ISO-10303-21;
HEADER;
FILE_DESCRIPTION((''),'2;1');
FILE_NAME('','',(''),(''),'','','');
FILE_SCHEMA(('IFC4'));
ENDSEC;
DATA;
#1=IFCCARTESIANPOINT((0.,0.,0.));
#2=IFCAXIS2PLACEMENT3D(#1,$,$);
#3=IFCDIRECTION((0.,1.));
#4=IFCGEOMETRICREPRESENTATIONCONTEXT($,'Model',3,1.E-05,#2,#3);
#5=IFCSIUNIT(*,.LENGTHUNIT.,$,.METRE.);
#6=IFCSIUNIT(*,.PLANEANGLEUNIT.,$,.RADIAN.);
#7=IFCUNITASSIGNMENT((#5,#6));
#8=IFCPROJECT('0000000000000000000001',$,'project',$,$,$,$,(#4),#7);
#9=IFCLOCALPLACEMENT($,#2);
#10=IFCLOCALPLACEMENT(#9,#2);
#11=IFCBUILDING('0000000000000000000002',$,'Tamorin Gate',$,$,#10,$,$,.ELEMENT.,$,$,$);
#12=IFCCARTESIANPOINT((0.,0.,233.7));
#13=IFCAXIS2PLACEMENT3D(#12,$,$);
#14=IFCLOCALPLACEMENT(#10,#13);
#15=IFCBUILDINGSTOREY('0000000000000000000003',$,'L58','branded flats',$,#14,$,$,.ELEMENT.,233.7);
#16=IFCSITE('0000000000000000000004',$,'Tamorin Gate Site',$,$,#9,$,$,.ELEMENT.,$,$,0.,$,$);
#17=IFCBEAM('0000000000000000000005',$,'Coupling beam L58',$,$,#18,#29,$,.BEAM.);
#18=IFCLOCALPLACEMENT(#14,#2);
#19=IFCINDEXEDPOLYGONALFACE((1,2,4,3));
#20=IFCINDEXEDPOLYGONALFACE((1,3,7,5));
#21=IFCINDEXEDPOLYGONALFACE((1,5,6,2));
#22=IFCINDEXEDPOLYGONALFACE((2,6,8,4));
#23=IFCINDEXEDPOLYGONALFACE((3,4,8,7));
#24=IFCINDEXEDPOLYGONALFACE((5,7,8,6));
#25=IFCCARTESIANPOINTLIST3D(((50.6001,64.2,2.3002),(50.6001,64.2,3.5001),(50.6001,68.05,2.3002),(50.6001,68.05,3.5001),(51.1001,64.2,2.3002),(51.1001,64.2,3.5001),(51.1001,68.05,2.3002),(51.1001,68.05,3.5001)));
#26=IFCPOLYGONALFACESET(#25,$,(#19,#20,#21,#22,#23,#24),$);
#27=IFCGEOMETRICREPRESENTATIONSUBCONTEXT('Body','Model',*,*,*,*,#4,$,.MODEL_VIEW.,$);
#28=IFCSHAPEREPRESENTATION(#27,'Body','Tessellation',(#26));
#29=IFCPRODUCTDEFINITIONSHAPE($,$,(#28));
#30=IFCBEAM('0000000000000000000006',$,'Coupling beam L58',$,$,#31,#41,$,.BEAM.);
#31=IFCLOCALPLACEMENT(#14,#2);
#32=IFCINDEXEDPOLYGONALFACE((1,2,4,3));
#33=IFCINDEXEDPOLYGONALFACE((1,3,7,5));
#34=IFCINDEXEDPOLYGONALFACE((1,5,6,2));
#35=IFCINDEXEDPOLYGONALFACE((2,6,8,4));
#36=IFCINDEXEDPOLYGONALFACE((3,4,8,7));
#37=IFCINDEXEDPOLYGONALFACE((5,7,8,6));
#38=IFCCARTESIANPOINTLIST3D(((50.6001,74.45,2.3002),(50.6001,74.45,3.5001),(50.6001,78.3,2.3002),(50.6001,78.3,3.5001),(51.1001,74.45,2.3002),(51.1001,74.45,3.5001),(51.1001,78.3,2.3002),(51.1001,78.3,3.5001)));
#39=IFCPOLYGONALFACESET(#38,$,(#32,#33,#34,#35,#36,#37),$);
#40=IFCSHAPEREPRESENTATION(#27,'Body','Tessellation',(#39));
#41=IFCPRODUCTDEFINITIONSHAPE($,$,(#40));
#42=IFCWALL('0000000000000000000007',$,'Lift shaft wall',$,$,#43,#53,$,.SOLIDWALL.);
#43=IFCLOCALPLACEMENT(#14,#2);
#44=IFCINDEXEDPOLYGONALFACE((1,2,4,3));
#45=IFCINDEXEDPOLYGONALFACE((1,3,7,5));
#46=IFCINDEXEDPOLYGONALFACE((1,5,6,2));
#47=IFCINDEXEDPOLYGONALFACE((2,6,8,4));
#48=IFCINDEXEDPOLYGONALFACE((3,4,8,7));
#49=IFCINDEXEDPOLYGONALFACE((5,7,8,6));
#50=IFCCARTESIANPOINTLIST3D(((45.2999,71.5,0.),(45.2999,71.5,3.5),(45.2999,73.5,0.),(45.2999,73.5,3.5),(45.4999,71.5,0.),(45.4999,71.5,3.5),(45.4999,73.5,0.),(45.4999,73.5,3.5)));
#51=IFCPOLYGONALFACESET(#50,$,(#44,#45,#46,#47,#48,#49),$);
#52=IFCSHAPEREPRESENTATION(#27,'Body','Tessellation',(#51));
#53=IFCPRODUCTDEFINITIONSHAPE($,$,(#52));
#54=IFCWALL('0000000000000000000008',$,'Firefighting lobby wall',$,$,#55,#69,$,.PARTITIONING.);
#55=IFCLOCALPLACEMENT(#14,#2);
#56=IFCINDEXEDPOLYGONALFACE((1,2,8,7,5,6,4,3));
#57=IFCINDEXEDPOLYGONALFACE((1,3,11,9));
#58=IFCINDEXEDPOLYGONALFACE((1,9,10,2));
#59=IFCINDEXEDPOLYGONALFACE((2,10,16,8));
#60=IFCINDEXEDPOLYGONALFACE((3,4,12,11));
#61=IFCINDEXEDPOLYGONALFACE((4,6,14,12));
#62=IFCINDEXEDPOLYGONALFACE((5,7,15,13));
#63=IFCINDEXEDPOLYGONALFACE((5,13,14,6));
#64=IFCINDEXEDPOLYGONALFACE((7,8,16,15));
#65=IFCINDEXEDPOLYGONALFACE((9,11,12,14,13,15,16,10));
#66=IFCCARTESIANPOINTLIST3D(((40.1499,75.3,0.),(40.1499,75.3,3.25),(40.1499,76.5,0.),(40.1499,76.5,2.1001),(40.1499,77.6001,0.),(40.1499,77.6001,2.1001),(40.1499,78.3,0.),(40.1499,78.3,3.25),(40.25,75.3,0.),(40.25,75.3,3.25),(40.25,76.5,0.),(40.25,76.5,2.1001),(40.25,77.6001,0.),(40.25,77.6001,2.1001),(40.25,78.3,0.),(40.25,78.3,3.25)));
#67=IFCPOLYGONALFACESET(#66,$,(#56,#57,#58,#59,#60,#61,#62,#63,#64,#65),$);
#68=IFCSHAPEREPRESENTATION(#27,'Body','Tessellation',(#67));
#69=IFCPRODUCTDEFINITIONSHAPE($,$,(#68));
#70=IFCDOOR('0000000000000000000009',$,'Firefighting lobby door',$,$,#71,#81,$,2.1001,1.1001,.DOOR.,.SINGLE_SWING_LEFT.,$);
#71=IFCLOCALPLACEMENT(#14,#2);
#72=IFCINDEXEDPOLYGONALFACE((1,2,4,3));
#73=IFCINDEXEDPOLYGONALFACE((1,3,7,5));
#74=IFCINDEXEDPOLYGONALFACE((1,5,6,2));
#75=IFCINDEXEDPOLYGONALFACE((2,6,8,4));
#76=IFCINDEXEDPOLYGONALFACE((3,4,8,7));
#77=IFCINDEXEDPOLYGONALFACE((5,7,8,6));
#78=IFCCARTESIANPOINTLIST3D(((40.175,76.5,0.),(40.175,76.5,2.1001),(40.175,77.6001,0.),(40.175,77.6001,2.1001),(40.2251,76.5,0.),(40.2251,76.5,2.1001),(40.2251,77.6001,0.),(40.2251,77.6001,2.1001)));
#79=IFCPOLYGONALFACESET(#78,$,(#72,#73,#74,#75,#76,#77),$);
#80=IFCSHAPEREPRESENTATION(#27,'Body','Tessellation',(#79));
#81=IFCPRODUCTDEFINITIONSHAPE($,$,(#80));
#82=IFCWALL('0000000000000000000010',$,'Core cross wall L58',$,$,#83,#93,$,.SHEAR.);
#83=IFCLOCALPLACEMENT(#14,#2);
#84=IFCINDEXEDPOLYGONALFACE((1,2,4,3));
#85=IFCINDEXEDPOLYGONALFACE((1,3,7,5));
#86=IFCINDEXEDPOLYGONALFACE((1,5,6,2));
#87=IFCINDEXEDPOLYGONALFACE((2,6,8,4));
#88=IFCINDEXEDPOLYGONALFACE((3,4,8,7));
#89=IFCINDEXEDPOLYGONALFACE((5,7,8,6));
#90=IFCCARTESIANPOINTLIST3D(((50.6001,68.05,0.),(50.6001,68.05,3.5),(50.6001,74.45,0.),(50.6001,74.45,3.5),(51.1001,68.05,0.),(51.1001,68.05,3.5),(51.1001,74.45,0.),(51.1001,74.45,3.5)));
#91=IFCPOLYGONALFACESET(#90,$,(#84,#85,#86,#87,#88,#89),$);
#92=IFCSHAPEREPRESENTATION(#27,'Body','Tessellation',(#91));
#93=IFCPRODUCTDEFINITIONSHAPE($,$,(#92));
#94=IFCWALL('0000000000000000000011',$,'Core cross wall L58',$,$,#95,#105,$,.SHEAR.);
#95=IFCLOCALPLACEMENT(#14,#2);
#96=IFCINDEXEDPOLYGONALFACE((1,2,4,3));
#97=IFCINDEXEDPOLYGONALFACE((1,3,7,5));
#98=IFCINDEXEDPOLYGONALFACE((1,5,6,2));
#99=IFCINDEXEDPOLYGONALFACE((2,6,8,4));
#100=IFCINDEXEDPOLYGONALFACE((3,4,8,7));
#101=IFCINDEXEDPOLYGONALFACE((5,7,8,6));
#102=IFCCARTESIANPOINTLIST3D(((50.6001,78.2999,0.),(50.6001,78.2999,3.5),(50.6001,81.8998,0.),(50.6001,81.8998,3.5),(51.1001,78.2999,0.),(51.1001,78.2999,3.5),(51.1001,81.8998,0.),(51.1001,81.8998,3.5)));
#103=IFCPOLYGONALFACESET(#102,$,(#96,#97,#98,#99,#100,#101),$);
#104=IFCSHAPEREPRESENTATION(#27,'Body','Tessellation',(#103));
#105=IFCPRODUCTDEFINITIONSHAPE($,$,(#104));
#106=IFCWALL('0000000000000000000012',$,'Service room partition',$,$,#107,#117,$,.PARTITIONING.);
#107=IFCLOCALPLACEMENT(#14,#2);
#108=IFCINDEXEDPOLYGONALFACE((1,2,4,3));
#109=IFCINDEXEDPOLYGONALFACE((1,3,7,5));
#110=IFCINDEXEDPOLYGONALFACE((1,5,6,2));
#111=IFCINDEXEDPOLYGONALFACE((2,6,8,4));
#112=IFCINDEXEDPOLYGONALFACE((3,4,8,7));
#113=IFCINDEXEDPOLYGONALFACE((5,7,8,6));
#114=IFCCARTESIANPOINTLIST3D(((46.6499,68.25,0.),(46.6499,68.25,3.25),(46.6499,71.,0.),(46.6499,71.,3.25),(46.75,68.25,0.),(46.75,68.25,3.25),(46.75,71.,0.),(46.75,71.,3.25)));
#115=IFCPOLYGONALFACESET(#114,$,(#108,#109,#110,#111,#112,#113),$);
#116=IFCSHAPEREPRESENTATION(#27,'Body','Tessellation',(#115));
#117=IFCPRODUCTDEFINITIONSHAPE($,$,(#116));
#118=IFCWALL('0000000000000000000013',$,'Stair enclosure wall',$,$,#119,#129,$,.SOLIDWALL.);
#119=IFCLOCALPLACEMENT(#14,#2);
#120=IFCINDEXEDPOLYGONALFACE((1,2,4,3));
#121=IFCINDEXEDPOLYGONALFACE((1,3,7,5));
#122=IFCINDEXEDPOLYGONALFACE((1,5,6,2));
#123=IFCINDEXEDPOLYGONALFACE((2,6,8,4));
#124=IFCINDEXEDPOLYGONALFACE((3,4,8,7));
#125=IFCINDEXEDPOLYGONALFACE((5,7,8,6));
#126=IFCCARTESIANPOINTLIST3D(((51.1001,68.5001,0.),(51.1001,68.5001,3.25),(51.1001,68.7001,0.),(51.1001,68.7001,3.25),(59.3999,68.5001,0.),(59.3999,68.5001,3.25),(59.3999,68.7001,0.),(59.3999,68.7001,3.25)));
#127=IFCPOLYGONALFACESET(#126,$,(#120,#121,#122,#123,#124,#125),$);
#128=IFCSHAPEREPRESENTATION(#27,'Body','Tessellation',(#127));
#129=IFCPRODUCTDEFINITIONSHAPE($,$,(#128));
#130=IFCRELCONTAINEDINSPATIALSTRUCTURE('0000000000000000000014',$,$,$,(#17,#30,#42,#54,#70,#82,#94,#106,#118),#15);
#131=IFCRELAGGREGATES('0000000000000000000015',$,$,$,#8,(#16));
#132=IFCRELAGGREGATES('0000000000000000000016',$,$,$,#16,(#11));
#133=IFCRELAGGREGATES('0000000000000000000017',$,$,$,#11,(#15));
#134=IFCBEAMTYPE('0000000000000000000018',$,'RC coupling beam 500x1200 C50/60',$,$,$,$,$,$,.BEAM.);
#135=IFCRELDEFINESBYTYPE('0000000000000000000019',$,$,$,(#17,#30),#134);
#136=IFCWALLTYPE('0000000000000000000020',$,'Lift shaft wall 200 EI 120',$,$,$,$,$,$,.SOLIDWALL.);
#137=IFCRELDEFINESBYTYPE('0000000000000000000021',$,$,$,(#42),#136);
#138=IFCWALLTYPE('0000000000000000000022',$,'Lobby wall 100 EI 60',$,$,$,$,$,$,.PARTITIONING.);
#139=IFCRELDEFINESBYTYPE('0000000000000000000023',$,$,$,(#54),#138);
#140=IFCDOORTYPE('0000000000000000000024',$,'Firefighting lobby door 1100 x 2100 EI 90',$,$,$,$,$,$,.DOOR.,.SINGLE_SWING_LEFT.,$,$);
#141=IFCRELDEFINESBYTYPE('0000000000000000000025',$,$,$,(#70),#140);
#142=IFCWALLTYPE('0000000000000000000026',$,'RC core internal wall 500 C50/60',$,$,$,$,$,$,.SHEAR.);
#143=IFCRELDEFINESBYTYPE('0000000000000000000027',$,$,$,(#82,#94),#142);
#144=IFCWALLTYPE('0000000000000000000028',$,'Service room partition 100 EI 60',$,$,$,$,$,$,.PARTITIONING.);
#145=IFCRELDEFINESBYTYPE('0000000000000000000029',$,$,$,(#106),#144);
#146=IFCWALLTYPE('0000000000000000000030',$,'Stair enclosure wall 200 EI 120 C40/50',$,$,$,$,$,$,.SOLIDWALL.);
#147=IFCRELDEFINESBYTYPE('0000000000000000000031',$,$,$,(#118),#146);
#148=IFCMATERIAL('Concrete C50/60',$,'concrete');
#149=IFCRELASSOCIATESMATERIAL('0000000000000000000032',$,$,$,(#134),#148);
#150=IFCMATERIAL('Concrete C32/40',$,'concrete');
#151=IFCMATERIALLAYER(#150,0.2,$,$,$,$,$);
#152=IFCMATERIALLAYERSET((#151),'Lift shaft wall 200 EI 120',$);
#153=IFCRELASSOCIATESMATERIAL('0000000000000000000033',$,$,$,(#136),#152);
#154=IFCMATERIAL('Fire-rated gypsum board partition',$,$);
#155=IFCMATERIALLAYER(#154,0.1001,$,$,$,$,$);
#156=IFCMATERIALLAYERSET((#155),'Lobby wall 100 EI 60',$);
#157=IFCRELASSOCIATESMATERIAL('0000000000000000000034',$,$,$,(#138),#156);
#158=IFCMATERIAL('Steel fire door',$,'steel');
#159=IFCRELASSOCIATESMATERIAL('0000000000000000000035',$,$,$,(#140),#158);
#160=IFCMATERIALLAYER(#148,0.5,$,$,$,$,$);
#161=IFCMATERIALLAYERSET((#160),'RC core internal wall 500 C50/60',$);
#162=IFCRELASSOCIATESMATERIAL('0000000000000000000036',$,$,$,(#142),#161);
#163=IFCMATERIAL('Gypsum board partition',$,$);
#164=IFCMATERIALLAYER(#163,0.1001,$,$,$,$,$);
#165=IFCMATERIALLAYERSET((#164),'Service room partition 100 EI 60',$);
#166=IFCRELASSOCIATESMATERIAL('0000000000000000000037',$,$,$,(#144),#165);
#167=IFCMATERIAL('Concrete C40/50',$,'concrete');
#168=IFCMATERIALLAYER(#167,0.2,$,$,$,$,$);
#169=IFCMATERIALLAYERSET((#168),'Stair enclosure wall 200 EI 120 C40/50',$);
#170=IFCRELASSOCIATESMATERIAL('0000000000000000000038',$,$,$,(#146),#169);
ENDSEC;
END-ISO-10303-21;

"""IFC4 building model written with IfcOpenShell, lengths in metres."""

from ifc_helpers import new_model, si_unit, direction, frame, frame_2d, origin, origin_2d, place, context, subcontext, project, spatial, rectangle, extrude, material, layer, layer_set, material_profile, profile_set, type_object, element, fill, save


model = new_model("IFC4")

# Units and contexts
model_context = context("Model", 3, precision=1e-05, world=origin(), true_north=direction((0.0, 1.0)))
body_context = subcontext(model_context, "Body", "Model", "MODEL_VIEW")
ifc_project = project(units=[si_unit("LENGTHUNIT", "METRE"), si_unit("PLANEANGLEUNIT", "RADIAN")], contexts=[model_context])

# Site, building, storey
site_placement = place(None, origin())
site = spatial("IfcSite", under=ifc_project, at=site_placement, Name="Tamorin Gate Site", CompositionType="ELEMENT", RefElevation=0.0)
building_placement = place(site_placement, origin())
building = spatial("IfcBuilding", under=site, at=building_placement, Name="Tamorin Gate", CompositionType="ELEMENT")
storey_placement = place(building_placement, frame((0.0, 0.0, 233.7)))
storey = spatial("IfcBuildingStorey", under=building, at=storey_placement, Name="L58", Description="branded flats", CompositionType="ELEMENT", Elevation=233.7)

# Beams
ifc_material_1 = material(Name="Concrete C50/60", Category="concrete")
ifc_material_profile = material_profile(ifc_material_1, rectangle(XDim=0.5, YDim=1.2, at=origin_2d()), Name="RC 500x1200")
ifc_profile_set = profile_set([ifc_material_profile], Name="Concrete C50/60")
beam_type = type_object("IfcBeamType", Name="RC coupling beam 500x1200 C50/60", PredefinedType="BEAM", material=ifc_profile_set)
for number, where, z_axis, x_axis, name in (
    (1, (50.8501, 64.2, 2.9001), (0.0, 1.0, 0.0), (-1.0, 0.0, 0.0), "Coupling beam L58"),
    (2, (50.8501, 74.45, 2.9001), (0.0, 1.0, 0.0), (-1.0, 0.0, 0.0), "Coupling beam L58"),
):
    element("IfcBeam", number, at=place(storey_placement, frame(where, z_axis=z_axis, x_axis=x_axis)), inside=storey, type_object=beam_type, Name=name, PredefinedType="BEAM", context=body_context, shape_type="SweptSolid", body=[
        extrude(rectangle(XDim=0.5, YDim=1.2, at=origin_2d()), origin(), (0.0, 0.0, 1.0), 3.8501),
    ])

# Wall
ifc_material_2 = material(Name="Concrete C32/40", Category="concrete")
ifc_layer_1 = layer(ifc_material_2, 0.2)
ifc_layer_set_1 = layer_set([ifc_layer_1], Name="Lift shaft wall 200 EI 120")
wall_type_1 = type_object("IfcWallType", Name="Lift shaft wall 200 EI 120", PredefinedType="SOLIDWALL", material=ifc_layer_set_1)
wall_1_placement = place(storey_placement, frame((45.3999, 71.5, 0.0), z_axis=(0.0, 0.0, 1.0), x_axis=(0.0, 1.0, 0.0)))
element("IfcWall", 3, at=wall_1_placement, inside=storey, type_object=wall_type_1, Name="Lift shaft wall", PredefinedType="SOLIDWALL", context=body_context, shape_type="SweptSolid", body=[
    extrude(rectangle(XDim=2.0, YDim=0.2, at=frame_2d((1.0, 0.0))), origin(), (0.0, 0.0, 1.0), 3.5),
])

# Wall, opening, door
ifc_material_3 = material(Name="Fire-rated gypsum board partition")
ifc_layer_2 = layer(ifc_material_3, 0.1001)
ifc_layer_set_2 = layer_set([ifc_layer_2], Name="Lobby wall 100 EI 60")
wall_type_2 = type_object("IfcWallType", Name="Lobby wall 100 EI 60", PredefinedType="PARTITIONING", material=ifc_layer_set_2)
wall_2_placement = place(storey_placement, frame((40.2, 75.3, 0.0), z_axis=(0.0, 0.0, 1.0), x_axis=(0.0, 1.0, 0.0)))
wall_2 = element("IfcWall", 4, at=wall_2_placement, inside=storey, type_object=wall_type_2, Name="Firefighting lobby wall", PredefinedType="PARTITIONING", context=body_context, shape_type="SweptSolid", body=[
    extrude(rectangle(XDim=3.0, YDim=0.1001, at=frame_2d((1.5, 0.0))), origin(), (0.0, 0.0, 1.0), 3.25),
])
opening_placement = place(wall_2_placement, frame((1.2, 0.0, 0.0)))
opening = element("IfcOpeningElement", 5, at=opening_placement, cuts=wall_2, PredefinedType="OPENING", context=body_context, shape_type="SweptSolid", body=[
    extrude(rectangle(XDim=1.1001, YDim=2.1001, at=frame_2d((0.55, 1.05))), frame((0.0, 0.0601, 0.0), z_axis=(0.0, -1.0, 0.0), x_axis=(1.0, 0.0, 0.0)), (0.0, 0.0, 1.0), 0.1201),
])
ifc_material_4 = material(Name="Steel fire door", Category="steel")
door_type = type_object("IfcDoorType", Name="Firefighting lobby door 1100 x 2100 EI 90", OperationType="SINGLE_SWING_LEFT", PredefinedType="DOOR", material=ifc_material_4)
door_placement = place(opening_placement, origin())
door = element("IfcDoor", 6, at=door_placement, inside=storey, type_object=door_type, Name="Firefighting lobby door", OperationType="SINGLE_SWING_LEFT", OverallHeight=2.1001, OverallWidth=1.1001, PredefinedType="DOOR", context=body_context, shape_type="SweptSolid", body=[
    extrude(rectangle(XDim=1.1001, YDim=2.1001, at=frame_2d((0.55, 1.05))), frame((0.0, 0.0249, 0.0), z_axis=(0.0, -1.0, 0.0), x_axis=(1.0, 0.0, 0.0)), (0.0, 0.0, 1.0), 0.05),
])
fill(opening, door)

# Walls
ifc_layer_3 = layer(ifc_material_1, 0.5)
ifc_layer_set_3 = layer_set([ifc_layer_3], Name="RC core internal wall 500 C50/60")
wall_type_3 = type_object("IfcWallType", Name="RC core internal wall 500 C50/60", PredefinedType="SHEAR", material=ifc_layer_set_3)
wall_3_placement = place(storey_placement, frame((50.8501, 68.05, 0.0), z_axis=(0.0, 0.0, 1.0), x_axis=(0.0, 1.0, 0.0)))
element("IfcWall", 7, at=wall_3_placement, inside=storey, type_object=wall_type_3, Name="Core cross wall L58", PredefinedType="SHEAR", context=body_context, shape_type="SweptSolid", body=[
    extrude(rectangle(XDim=6.3999, YDim=0.5, at=frame_2d((3.2, 0.0))), origin(), (0.0, 0.0, 1.0), 3.5),
])
wall_4_placement = place(storey_placement, frame((50.8501, 78.3, 0.0), z_axis=(0.0, 0.0, 1.0), x_axis=(0.0, 1.0, 0.0)))
element("IfcWall", 8, at=wall_4_placement, inside=storey, type_object=wall_type_3, Name="Core cross wall L58", PredefinedType="SHEAR", context=body_context, shape_type="SweptSolid", body=[
    extrude(rectangle(XDim=3.5999, YDim=0.5, at=frame_2d((1.7998, 0.0))), origin(), (0.0, 0.0, 1.0), 3.5),
])
ifc_material_5 = material(Name="Gypsum board partition")
ifc_layer_4 = layer(ifc_material_5, 0.1001)
ifc_layer_set_4 = layer_set([ifc_layer_4], Name="Service room partition 100 EI 60")
wall_type_4 = type_object("IfcWallType", Name="Service room partition 100 EI 60", PredefinedType="PARTITIONING", material=ifc_layer_set_4)
wall_5_placement = place(storey_placement, frame((46.7, 68.25, 0.0), z_axis=(0.0, 0.0, 1.0), x_axis=(0.0, 1.0, 0.0)))
element("IfcWall", 9, at=wall_5_placement, inside=storey, type_object=wall_type_4, Name="Service room partition", PredefinedType="PARTITIONING", context=body_context, shape_type="SweptSolid", body=[
    extrude(rectangle(XDim=2.75, YDim=0.1001, at=frame_2d((1.375, 0.0))), origin(), (0.0, 0.0, 1.0), 3.25),
])
ifc_material_6 = material(Name="Concrete C40/50", Category="concrete")
ifc_layer_5 = layer(ifc_material_6, 0.2)
ifc_layer_set_5 = layer_set([ifc_layer_5], Name="Stair enclosure wall 200 EI 120 C40/50")
wall_type_5 = type_object("IfcWallType", Name="Stair enclosure wall 200 EI 120 C40/50", PredefinedType="SOLIDWALL", material=ifc_layer_set_5)
wall_6_placement = place(storey_placement, frame((51.1001, 68.6001, 0.0), z_axis=(0.0, 0.0, 1.0), x_axis=(1.0, 0.0, 0.0)))
element("IfcWall", 10, at=wall_6_placement, inside=storey, type_object=wall_type_5, Name="Stair enclosure wall", PredefinedType="SOLIDWALL", context=body_context, shape_type="SweptSolid", body=[
    extrude(rectangle(XDim=8.2998, YDim=0.2, at=frame_2d((4.1499, 0.0))), origin(), (0.0, 0.0, 1.0), 3.25),
])

save(model, "model.ifc")
